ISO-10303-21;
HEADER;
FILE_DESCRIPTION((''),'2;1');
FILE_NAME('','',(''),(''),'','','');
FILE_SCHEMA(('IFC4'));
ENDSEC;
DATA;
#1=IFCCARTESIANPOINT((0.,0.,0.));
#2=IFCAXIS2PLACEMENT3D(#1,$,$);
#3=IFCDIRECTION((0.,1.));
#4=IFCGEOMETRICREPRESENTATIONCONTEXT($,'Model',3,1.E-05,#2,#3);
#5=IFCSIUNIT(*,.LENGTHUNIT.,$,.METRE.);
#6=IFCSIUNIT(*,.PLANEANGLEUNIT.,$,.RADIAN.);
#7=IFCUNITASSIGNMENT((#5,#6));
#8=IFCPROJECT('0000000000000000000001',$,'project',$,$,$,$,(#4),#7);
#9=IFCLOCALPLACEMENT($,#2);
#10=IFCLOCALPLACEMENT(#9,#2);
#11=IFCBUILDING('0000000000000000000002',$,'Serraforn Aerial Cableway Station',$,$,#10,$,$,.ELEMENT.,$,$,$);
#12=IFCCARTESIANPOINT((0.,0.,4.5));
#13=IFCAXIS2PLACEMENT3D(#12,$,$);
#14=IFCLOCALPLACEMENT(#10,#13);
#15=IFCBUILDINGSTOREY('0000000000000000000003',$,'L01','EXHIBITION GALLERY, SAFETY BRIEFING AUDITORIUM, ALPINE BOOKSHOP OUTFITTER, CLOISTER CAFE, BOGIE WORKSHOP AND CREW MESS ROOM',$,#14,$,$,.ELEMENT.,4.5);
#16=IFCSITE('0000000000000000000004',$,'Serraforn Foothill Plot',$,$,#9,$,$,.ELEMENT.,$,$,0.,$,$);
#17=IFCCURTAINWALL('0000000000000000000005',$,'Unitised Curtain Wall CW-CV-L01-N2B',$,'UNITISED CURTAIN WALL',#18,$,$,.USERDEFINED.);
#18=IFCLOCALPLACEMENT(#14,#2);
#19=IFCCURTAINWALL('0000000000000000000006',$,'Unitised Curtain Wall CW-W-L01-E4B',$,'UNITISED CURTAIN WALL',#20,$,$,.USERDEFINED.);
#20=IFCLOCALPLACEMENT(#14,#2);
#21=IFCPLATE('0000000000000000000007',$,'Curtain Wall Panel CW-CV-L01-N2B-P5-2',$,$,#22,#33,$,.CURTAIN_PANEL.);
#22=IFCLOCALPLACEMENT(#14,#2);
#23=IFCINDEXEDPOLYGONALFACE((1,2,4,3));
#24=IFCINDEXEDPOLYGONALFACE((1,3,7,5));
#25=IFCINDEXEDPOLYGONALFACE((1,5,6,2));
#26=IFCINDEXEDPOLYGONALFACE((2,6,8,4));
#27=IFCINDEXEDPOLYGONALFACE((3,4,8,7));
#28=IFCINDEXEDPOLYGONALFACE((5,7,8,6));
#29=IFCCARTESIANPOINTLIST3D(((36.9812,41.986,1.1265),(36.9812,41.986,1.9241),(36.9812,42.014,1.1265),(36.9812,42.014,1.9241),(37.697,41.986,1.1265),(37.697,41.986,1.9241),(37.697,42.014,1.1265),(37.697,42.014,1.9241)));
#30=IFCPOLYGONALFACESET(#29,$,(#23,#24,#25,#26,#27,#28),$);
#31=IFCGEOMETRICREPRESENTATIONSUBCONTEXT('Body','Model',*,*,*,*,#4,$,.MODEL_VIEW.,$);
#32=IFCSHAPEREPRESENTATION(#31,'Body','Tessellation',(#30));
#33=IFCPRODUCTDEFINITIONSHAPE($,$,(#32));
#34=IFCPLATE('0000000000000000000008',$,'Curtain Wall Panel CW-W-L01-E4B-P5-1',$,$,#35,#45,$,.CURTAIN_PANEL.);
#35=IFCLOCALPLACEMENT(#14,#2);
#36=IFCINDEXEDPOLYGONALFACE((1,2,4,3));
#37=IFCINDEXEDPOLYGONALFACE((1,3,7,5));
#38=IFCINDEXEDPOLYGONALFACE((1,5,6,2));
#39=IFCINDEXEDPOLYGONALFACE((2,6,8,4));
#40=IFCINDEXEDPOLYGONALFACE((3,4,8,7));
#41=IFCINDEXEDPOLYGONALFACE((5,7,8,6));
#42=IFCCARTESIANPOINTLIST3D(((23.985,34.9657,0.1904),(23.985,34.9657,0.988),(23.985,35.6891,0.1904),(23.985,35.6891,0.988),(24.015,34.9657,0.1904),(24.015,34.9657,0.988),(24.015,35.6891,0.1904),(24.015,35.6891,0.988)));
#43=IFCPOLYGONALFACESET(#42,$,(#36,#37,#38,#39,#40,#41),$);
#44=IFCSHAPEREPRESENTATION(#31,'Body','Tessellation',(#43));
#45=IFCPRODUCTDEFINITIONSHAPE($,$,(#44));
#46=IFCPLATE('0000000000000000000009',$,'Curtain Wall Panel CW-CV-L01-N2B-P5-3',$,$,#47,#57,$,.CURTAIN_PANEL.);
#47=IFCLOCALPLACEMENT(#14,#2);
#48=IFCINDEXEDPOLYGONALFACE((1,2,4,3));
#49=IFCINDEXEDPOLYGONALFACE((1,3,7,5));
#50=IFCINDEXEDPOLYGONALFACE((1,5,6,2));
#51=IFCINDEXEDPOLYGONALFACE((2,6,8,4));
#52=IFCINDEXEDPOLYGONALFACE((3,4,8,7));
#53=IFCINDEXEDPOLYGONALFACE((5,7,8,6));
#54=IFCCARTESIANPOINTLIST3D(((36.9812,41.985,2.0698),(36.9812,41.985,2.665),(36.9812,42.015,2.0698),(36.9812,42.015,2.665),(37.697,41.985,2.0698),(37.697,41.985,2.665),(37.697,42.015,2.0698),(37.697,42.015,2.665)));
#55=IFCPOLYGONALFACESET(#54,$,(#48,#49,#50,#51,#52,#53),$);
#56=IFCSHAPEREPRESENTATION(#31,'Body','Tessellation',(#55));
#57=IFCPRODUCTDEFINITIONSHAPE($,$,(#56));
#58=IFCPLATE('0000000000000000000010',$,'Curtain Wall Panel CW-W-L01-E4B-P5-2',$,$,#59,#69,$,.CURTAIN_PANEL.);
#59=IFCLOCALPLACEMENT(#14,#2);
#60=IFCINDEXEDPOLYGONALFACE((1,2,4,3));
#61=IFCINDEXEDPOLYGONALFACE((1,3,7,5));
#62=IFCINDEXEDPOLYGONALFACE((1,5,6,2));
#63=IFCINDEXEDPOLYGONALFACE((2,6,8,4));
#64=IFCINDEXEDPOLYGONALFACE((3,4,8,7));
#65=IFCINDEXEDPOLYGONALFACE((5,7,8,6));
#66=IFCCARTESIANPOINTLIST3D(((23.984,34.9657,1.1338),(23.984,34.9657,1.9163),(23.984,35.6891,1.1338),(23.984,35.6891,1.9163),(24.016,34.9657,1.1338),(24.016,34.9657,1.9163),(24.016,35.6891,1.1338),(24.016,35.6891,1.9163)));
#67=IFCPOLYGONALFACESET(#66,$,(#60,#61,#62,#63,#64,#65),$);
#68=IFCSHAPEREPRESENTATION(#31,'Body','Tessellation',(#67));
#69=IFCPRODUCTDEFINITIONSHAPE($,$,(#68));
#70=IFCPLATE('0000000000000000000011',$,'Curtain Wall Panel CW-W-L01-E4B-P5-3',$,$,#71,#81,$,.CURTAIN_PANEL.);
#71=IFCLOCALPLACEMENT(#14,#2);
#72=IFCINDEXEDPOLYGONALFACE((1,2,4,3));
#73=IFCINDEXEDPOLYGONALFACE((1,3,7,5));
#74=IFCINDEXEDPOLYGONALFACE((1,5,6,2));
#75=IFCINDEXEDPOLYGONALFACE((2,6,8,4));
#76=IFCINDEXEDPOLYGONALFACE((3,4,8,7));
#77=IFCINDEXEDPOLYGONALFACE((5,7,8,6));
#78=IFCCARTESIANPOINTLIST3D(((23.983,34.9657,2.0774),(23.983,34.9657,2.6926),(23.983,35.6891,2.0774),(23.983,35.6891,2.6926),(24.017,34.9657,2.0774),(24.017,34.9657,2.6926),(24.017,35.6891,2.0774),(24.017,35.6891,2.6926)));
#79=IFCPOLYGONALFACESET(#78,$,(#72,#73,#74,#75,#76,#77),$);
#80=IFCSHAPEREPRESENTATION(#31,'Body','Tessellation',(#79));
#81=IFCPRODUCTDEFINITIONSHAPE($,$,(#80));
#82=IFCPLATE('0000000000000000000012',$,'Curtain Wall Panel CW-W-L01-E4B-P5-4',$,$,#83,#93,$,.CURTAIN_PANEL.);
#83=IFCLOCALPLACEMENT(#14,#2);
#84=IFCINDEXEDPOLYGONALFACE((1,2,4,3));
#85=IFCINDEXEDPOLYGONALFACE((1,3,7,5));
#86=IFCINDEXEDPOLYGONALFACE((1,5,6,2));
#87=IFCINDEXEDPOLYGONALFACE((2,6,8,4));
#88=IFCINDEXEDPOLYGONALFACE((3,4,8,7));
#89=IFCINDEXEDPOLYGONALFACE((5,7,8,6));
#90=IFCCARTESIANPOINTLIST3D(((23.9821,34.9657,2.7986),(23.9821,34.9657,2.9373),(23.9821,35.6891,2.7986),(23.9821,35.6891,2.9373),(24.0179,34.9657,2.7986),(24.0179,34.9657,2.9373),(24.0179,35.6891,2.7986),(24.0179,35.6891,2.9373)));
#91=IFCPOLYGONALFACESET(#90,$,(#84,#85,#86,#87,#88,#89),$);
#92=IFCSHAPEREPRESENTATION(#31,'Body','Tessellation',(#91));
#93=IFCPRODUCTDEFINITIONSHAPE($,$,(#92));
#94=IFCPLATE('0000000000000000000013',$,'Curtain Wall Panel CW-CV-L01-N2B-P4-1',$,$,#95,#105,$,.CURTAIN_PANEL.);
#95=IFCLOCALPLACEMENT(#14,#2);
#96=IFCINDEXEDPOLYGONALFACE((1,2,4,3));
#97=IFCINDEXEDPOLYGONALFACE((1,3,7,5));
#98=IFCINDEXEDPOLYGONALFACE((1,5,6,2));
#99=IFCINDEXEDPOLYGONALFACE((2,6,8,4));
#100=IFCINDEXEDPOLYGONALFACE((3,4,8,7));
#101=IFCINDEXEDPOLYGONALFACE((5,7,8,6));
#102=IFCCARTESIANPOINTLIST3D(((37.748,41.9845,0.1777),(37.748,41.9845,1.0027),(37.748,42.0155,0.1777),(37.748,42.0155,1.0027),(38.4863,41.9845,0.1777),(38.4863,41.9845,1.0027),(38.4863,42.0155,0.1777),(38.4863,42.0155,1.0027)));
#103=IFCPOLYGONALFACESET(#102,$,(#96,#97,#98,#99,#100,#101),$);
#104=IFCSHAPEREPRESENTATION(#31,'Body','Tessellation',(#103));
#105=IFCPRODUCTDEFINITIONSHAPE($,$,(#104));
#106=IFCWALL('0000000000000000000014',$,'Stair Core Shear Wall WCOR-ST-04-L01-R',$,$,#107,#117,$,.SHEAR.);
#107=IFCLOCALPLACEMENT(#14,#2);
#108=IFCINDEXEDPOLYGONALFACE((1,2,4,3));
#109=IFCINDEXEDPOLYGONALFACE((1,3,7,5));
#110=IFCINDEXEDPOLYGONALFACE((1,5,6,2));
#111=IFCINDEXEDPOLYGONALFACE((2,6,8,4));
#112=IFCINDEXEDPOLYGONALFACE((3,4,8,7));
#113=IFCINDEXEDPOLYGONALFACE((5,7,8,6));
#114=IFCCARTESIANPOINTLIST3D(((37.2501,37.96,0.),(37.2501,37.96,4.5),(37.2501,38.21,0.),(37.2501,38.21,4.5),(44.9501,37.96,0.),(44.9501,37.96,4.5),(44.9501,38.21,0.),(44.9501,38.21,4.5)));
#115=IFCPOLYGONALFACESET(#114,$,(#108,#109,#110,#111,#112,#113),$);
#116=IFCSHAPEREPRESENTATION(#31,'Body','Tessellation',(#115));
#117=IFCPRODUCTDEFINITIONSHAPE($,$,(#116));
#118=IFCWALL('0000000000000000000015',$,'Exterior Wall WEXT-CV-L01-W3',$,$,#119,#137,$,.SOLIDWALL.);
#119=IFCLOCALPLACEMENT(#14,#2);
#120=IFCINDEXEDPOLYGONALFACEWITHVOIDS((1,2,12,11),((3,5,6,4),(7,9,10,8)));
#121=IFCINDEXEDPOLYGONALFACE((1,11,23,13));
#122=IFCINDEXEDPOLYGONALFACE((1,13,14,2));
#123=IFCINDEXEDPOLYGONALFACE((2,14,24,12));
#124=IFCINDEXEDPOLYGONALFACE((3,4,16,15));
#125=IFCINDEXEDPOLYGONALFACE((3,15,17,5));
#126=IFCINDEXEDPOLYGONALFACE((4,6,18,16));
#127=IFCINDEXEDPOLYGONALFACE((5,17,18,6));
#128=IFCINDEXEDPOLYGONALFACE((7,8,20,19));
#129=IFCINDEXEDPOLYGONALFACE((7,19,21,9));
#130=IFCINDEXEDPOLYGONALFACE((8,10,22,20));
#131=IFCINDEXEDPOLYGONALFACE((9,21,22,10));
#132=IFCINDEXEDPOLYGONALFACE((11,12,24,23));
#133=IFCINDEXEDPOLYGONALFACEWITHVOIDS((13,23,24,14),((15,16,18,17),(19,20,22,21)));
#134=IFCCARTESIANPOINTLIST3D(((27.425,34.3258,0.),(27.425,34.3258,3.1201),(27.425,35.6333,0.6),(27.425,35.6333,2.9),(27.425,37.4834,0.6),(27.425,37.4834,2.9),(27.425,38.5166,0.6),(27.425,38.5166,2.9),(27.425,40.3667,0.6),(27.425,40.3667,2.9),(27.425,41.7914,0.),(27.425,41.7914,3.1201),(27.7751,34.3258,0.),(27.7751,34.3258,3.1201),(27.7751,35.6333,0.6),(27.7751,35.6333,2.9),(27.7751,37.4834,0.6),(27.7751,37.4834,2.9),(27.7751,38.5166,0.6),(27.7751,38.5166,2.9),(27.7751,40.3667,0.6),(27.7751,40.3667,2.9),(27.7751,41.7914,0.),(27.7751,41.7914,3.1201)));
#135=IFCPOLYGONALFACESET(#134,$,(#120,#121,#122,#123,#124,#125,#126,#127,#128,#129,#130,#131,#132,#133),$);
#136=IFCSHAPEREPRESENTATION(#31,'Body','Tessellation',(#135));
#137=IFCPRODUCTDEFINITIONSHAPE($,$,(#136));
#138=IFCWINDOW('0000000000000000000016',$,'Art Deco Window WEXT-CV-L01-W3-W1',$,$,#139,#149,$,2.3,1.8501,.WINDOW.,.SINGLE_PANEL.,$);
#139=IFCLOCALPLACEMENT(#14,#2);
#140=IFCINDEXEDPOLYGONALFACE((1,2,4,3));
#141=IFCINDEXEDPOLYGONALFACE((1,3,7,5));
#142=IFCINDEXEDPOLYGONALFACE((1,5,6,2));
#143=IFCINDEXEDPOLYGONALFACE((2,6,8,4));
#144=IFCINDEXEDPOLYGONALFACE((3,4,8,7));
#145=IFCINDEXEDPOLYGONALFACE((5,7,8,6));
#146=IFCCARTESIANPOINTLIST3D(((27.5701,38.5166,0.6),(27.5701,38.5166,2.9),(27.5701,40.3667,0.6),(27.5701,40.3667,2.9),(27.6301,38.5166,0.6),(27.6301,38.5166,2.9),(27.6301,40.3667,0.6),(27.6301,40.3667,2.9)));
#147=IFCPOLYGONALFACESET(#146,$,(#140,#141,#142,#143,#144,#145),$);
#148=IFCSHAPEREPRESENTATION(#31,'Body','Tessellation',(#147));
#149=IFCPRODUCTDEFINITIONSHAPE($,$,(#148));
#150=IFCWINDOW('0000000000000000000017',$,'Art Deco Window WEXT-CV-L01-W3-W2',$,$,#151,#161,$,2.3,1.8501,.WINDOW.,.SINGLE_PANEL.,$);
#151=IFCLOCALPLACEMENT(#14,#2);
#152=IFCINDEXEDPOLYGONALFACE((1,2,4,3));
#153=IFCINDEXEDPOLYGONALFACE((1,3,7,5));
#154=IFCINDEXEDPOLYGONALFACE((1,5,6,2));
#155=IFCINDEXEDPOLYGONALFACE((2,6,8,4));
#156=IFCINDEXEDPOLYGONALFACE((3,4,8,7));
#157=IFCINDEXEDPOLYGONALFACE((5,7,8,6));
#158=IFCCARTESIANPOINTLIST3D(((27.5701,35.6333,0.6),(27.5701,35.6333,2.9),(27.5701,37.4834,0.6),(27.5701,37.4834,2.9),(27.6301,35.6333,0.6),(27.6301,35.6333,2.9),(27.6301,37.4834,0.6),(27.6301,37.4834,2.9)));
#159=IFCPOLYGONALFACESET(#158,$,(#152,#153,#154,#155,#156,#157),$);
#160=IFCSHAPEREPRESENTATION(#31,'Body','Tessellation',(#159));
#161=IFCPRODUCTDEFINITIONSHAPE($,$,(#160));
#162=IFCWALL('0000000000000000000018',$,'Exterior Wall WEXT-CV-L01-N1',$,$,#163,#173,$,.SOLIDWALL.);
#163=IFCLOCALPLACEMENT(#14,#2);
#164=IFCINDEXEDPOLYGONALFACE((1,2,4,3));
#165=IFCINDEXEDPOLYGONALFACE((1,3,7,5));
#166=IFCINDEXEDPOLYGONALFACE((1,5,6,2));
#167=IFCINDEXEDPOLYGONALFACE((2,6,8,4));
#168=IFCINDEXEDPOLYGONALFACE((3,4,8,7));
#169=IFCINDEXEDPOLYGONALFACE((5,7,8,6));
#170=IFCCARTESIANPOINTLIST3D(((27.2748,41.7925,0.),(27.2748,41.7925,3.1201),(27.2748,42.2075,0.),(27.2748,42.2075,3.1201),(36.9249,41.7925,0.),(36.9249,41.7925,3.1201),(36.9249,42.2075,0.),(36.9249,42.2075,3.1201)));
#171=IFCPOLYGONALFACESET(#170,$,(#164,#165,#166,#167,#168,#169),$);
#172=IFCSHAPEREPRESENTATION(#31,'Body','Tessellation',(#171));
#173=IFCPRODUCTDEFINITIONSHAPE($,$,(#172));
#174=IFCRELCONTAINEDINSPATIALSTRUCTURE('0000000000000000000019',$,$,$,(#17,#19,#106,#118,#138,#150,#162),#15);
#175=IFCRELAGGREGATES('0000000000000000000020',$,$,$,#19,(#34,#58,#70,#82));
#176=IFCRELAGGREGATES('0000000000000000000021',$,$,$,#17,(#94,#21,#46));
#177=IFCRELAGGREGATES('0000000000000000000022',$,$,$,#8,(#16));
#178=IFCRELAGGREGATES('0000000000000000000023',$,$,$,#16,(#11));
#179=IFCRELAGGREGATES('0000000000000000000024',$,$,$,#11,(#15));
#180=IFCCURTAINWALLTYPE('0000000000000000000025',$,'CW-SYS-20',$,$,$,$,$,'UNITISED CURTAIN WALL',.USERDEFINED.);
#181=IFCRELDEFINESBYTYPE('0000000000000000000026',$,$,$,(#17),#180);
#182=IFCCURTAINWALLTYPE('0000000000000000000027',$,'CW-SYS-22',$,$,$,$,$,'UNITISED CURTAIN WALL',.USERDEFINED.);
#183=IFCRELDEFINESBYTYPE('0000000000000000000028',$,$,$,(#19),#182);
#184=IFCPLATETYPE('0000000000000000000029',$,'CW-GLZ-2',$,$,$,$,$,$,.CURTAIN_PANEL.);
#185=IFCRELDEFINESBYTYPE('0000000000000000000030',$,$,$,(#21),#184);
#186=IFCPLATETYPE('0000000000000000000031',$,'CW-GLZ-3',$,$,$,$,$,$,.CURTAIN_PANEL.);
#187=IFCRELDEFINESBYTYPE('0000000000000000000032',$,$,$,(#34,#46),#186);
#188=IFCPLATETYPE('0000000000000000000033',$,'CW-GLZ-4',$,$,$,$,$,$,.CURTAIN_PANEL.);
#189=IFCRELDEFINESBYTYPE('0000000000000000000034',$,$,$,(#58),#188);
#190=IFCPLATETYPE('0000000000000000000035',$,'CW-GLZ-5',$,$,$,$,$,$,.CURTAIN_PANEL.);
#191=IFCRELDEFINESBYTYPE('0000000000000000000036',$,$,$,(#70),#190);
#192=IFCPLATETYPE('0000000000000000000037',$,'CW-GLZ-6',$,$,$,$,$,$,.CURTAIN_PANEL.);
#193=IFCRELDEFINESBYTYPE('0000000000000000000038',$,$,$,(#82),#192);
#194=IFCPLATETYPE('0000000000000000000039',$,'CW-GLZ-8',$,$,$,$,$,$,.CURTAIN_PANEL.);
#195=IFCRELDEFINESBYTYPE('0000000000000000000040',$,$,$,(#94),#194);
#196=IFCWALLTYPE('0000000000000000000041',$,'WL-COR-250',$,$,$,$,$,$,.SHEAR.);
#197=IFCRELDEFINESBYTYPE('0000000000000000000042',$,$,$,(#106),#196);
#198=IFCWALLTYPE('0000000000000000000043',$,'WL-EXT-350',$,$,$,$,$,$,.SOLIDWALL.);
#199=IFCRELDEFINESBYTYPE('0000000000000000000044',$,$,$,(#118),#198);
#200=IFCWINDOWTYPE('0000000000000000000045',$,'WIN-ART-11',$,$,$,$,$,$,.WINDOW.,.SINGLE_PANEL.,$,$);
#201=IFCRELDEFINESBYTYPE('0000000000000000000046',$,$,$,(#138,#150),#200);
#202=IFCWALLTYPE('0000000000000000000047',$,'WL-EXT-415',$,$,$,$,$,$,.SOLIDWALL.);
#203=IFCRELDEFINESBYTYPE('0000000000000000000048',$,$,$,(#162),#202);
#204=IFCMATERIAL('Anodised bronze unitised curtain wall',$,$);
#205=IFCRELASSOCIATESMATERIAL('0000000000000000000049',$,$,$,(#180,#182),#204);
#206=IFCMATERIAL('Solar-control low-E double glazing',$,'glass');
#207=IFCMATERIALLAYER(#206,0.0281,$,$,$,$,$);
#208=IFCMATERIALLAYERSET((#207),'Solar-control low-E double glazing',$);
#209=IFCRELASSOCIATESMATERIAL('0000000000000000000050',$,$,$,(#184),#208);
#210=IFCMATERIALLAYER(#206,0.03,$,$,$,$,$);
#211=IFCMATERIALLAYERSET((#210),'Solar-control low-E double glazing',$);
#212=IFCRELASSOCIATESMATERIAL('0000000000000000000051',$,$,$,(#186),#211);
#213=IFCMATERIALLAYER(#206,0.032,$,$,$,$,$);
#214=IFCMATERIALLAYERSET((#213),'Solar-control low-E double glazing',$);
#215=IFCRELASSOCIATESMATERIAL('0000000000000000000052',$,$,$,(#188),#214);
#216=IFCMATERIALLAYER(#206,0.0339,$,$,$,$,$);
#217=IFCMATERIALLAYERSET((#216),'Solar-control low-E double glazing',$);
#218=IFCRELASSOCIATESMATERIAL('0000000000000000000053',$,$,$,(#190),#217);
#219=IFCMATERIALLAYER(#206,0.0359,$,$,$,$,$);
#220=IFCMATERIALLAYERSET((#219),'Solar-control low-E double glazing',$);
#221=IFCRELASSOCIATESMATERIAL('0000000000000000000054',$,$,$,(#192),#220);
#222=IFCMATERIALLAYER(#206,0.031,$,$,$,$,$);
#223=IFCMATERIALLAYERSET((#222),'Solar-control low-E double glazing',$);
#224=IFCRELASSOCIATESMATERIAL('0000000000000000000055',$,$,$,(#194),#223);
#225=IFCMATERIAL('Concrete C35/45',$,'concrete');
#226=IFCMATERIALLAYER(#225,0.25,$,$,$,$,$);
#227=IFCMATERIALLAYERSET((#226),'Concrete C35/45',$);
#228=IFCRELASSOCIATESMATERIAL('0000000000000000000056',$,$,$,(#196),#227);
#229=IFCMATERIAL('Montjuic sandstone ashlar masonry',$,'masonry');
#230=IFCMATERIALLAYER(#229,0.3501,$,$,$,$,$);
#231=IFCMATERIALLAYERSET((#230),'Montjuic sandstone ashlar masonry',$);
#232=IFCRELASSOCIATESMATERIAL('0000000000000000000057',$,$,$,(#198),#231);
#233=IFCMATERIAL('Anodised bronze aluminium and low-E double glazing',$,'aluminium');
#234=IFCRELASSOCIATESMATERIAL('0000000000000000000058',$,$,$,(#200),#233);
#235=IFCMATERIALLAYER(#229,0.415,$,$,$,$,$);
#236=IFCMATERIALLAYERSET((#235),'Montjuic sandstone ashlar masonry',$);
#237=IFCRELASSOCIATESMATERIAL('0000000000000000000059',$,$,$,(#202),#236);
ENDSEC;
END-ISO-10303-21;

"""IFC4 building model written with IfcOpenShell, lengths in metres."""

from ifc_helpers import new_model, si_unit, direction, frame, frame_2d, origin, origin_2d, place, context, subcontext, project, spatial, rectangle, extrude, material, layer, layer_set, type_object, element, fill, aggregate, save


model = new_model("IFC4")

# Units and contexts
model_context = context("Model", 3, precision=1e-05, world=origin(), true_north=direction((0.0, 1.0)))
body_context = subcontext(model_context, "Body", "Model", "MODEL_VIEW")
ifc_project = project(units=[si_unit("LENGTHUNIT", "METRE"), si_unit("PLANEANGLEUNIT", "RADIAN")], contexts=[model_context])

# Site, building, storey
site_placement = place(None, origin())
site = spatial("IfcSite", under=ifc_project, at=site_placement, Name="Serraforn Foothill Plot", CompositionType="ELEMENT", RefElevation=0.0)
building_placement = place(site_placement, origin())
building = spatial("IfcBuilding", under=site, at=building_placement, Name="Serraforn Aerial Cableway Station", CompositionType="ELEMENT")
storey_placement = place(building_placement, frame((0.0, 0.0, 4.5)))
storey = spatial("IfcBuildingStorey", under=building, at=storey_placement, Name="L01", Description="EXHIBITION GALLERY, SAFETY BRIEFING AUDITORIUM, ALPINE BOOKSHOP OUTFITTER, CLOISTER CAFE, BOGIE WORKSHOP AND CREW MESS ROOM", CompositionType="ELEMENT", Elevation=4.5)

# Shared definitions
ifc_material_1 = material(Name="Concrete C35/45", Category="concrete")

# Curtain walls
ifc_material_2 = material(Name="Anodised bronze unitised curtain wall")
curtain_wall_type_1 = type_object("IfcCurtainWallType", Name="CW-SYS-20", ElementType="UNITISED CURTAIN WALL", PredefinedType="USERDEFINED", material=ifc_material_2)
curtain_wall_1_placement = place(storey_placement, origin())
curtain_wall_1 = element("IfcCurtainWall", 1, at=curtain_wall_1_placement, inside=storey, type_object=curtain_wall_type_1, Name="Unitised Curtain Wall CW-CV-L01-N2B", ObjectType="UNITISED CURTAIN WALL", PredefinedType="USERDEFINED")
curtain_wall_type_2 = type_object("IfcCurtainWallType", Name="CW-SYS-22", ElementType="UNITISED CURTAIN WALL", PredefinedType="USERDEFINED", material=ifc_material_2)
curtain_wall_2_placement = place(storey_placement, origin())
curtain_wall_2 = element("IfcCurtainWall", 2, at=curtain_wall_2_placement, inside=storey, type_object=curtain_wall_type_2, Name="Unitised Curtain Wall CW-W-L01-E4B", ObjectType="UNITISED CURTAIN WALL", PredefinedType="USERDEFINED")

# Plates
ifc_material_3 = material(Name="Solar-control low-E double glazing", Category="glass")
ifc_layer_1 = layer(ifc_material_3, 0.0281)
ifc_layer_set_1 = layer_set([ifc_layer_1], Name="Solar-control low-E double glazing")
plate_type_1 = type_object("IfcPlateType", Name="CW-GLZ-2", PredefinedType="CURTAIN_PANEL", material=ifc_layer_set_1)
plate_1_placement = place(storey_placement, frame((37.3391, 42.0, 1.1265), z_axis=(0.0, 0.0, 1.0), x_axis=(1.0, 0.0, 0.0)))
plate_1 = element("IfcPlate", 3, at=plate_1_placement, type_object=plate_type_1, Name="Curtain Wall Panel CW-CV-L01-N2B-P5-2", PredefinedType="CURTAIN_PANEL", context=body_context, shape_type="SweptSolid", body=[
    extrude(rectangle(XDim=0.7158, YDim=0.0281, at=origin_2d()), origin(), (0.0, 0.0, 1.0), 0.7976),
])
ifc_layer_2 = layer(ifc_material_3, 0.03)
ifc_layer_set_2 = layer_set([ifc_layer_2], Name="Solar-control low-E double glazing")
plate_type_2 = type_object("IfcPlateType", Name="CW-GLZ-3", PredefinedType="CURTAIN_PANEL", material=ifc_layer_set_2)
plate_2_placement = place(storey_placement, frame((24.0, 35.3274, 0.1904), z_axis=(0.0, 0.0, 1.0), x_axis=(1.0, 0.0, 0.0)))
plate_2 = element("IfcPlate", 4, at=plate_2_placement, type_object=plate_type_2, Name="Curtain Wall Panel CW-W-L01-E4B-P5-1", PredefinedType="CURTAIN_PANEL", context=body_context, shape_type="SweptSolid", body=[
    extrude(rectangle(XDim=0.03, YDim=0.7234, at=origin_2d()), origin(), (0.0, 0.0, 1.0), 0.7976),
])
plate_3_placement = place(storey_placement, frame((37.3391, 42.0, 2.0698), z_axis=(0.0, 0.0, 1.0), x_axis=(1.0, 0.0, 0.0)))
plate_3 = element("IfcPlate", 5, at=plate_3_placement, type_object=plate_type_2, Name="Curtain Wall Panel CW-CV-L01-N2B-P5-3", PredefinedType="CURTAIN_PANEL", context=body_context, shape_type="SweptSolid", body=[
    extrude(rectangle(XDim=0.7158, YDim=0.03, at=origin_2d()), origin(), (0.0, 0.0, 1.0), 0.5952),
])
ifc_layer_3 = layer(ifc_material_3, 0.032)
ifc_layer_set_3 = layer_set([ifc_layer_3], Name="Solar-control low-E double glazing")
plate_type_3 = type_object("IfcPlateType", Name="CW-GLZ-4", PredefinedType="CURTAIN_PANEL", material=ifc_layer_set_3)
plate_4_placement = place(storey_placement, frame((24.0, 35.3274, 1.1338), z_axis=(0.0, 0.0, 1.0), x_axis=(1.0, 0.0, 0.0)))
plate_4 = element("IfcPlate", 6, at=plate_4_placement, type_object=plate_type_3, Name="Curtain Wall Panel CW-W-L01-E4B-P5-2", PredefinedType="CURTAIN_PANEL", context=body_context, shape_type="SweptSolid", body=[
    extrude(rectangle(XDim=0.032, YDim=0.7234, at=origin_2d()), origin(), (0.0, 0.0, 1.0), 0.7825),
])
ifc_layer_4 = layer(ifc_material_3, 0.0339)
ifc_layer_set_4 = layer_set([ifc_layer_4], Name="Solar-control low-E double glazing")
plate_type_4 = type_object("IfcPlateType", Name="CW-GLZ-5", PredefinedType="CURTAIN_PANEL", material=ifc_layer_set_4)
plate_5_placement = place(storey_placement, frame((24.0, 35.3274, 2.0774), z_axis=(0.0, 0.0, 1.0), x_axis=(1.0, 0.0, 0.0)))
plate_5 = element("IfcPlate", 7, at=plate_5_placement, type_object=plate_type_4, Name="Curtain Wall Panel CW-W-L01-E4B-P5-3", PredefinedType="CURTAIN_PANEL", context=body_context, shape_type="SweptSolid", body=[
    extrude(rectangle(XDim=0.0339, YDim=0.7234, at=origin_2d()), origin(), (0.0, 0.0, 1.0), 0.6152),
])
ifc_layer_5 = layer(ifc_material_3, 0.0359)
ifc_layer_set_5 = layer_set([ifc_layer_5], Name="Solar-control low-E double glazing")
plate_type_5 = type_object("IfcPlateType", Name="CW-GLZ-6", PredefinedType="CURTAIN_PANEL", material=ifc_layer_set_5)
plate_6_placement = place(storey_placement, frame((24.0, 35.3274, 2.7986), z_axis=(0.0, 0.0, 1.0), x_axis=(1.0, 0.0, 0.0)))
plate_6 = element("IfcPlate", 8, at=plate_6_placement, type_object=plate_type_5, Name="Curtain Wall Panel CW-W-L01-E4B-P5-4", PredefinedType="CURTAIN_PANEL", context=body_context, shape_type="SweptSolid", body=[
    extrude(rectangle(XDim=0.0359, YDim=0.7234, at=origin_2d()), origin(), (0.0, 0.0, 1.0), 0.1387),
])
aggregate(curtain_wall_2, [plate_2, plate_4, plate_5, plate_6])
ifc_layer_6 = layer(ifc_material_3, 0.031)
ifc_layer_set_6 = layer_set([ifc_layer_6], Name="Solar-control low-E double glazing")
plate_type_6 = type_object("IfcPlateType", Name="CW-GLZ-8", PredefinedType="CURTAIN_PANEL", material=ifc_layer_set_6)
plate_7_placement = place(storey_placement, frame((38.1172, 42.0, 0.1777), z_axis=(0.0, 0.0, 1.0), x_axis=(1.0, 0.0, 0.0)))
plate_7 = element("IfcPlate", 9, at=plate_7_placement, type_object=plate_type_6, Name="Curtain Wall Panel CW-CV-L01-N2B-P4-1", PredefinedType="CURTAIN_PANEL", context=body_context, shape_type="SweptSolid", body=[
    extrude(rectangle(XDim=0.7383, YDim=0.031, at=origin_2d()), origin(), (0.0, 0.0, 1.0), 0.825),
])
aggregate(curtain_wall_1, [plate_7, plate_1, plate_3])

# Wall
ifc_layer_7 = layer(ifc_material_1, 0.25)
ifc_layer_set_7 = layer_set([ifc_layer_7], Name="Concrete C35/45")
wall_type_1 = type_object("IfcWallType", Name="WL-COR-250", PredefinedType="SHEAR", material=ifc_layer_set_7)
wall_1_placement = place(storey_placement, frame((37.25, 38.085, 0.0), z_axis=(0.0, 0.0, 1.0), x_axis=(1.0, 0.0, 0.0)))
element("IfcWall", 10, at=wall_1_placement, inside=storey, type_object=wall_type_1, Name="Stair Core Shear Wall WCOR-ST-04-L01-R", PredefinedType="SHEAR", context=body_context, shape_type="SweptSolid", body=[
    extrude(rectangle(XDim=7.7, YDim=0.25, at=frame_2d((3.8501, 0.0))), origin(), (0.0, 0.0, 1.0), 4.5),
])

# Wall, openings, windows
ifc_material_4 = material(Name="Montjuic sandstone ashlar masonry", Category="masonry")
ifc_layer_8 = layer(ifc_material_4, 0.3501)
ifc_layer_set_8 = layer_set([ifc_layer_8], Name="Montjuic sandstone ashlar masonry")
wall_type_2 = type_object("IfcWallType", Name="WL-EXT-350", PredefinedType="SOLIDWALL", material=ifc_layer_set_8)
wall_2_placement = place(storey_placement, frame((27.6001, 41.7915, 0.0), z_axis=(0.0, 0.0, 1.0), x_axis=(0.0, -1.0, 0.0)))
wall_2 = element("IfcWall", 11, at=wall_2_placement, inside=storey, type_object=wall_type_2, Name="Exterior Wall WEXT-CV-L01-W3", PredefinedType="SOLIDWALL", context=body_context, shape_type="SweptSolid", body=[
    extrude(rectangle(XDim=7.4656, YDim=0.3501, at=frame_2d((3.7329, 0.0))), origin(), (0.0, 0.0, 1.0), 3.1201),
])
opening_1_placement = place(wall_2_placement, frame((1.4248, 0.0, 0.6001)))
opening_1 = element("IfcOpeningElement", 12, at=opening_1_placement, cuts=wall_2, PredefinedType="OPENING", context=body_context, shape_type="SweptSolid", body=[
    extrude(rectangle(XDim=1.8501, YDim=2.3, at=frame_2d((0.925, 1.1499))), frame((0.0, 0.1851, 0.0), z_axis=(0.0, -1.0, 0.0), x_axis=(1.0, 0.0, 0.0)), (0.0, 0.0, 1.0), 0.3701),
])
opening_2_placement = place(wall_2_placement, frame((4.3081, 0.0, 0.6001)))
opening_2 = element("IfcOpeningElement", 13, at=opening_2_placement, cuts=wall_2, PredefinedType="OPENING", context=body_context, shape_type="SweptSolid", body=[
    extrude(rectangle(XDim=1.8501, YDim=2.3, at=frame_2d((0.925, 1.1499))), frame((0.0, 0.1851, 0.0), z_axis=(0.0, -1.0, 0.0), x_axis=(1.0, 0.0, 0.0)), (0.0, 0.0, 1.0), 0.3701),
])
ifc_material_5 = material(Name="Anodised bronze aluminium and low-E double glazing", Category="aluminium")
window_type = type_object("IfcWindowType", Name="WIN-ART-11", PartitioningType="SINGLE_PANEL", PredefinedType="WINDOW", material=ifc_material_5)
window_1_placement = place(opening_1_placement, origin())
window_1 = element("IfcWindow", 14, at=window_1_placement, inside=storey, type_object=window_type, Name="Art Deco Window WEXT-CV-L01-W3-W1", OverallHeight=2.3, OverallWidth=1.8501, PartitioningType="SINGLE_PANEL", PredefinedType="WINDOW", context=body_context, shape_type="SweptSolid", body=[
    extrude(rectangle(XDim=1.8501, YDim=2.3, at=frame_2d((0.925, 1.1499))), frame((0.0, 0.03, 0.0), z_axis=(0.0, -1.0, 0.0), x_axis=(1.0, 0.0, 0.0)), (0.0, 0.0, 1.0), 0.0601),
])
fill(opening_1, window_1)
window_2_placement = place(opening_2_placement, origin())
window_2 = element("IfcWindow", 15, at=window_2_placement, inside=storey, type_object=window_type, Name="Art Deco Window WEXT-CV-L01-W3-W2", OverallHeight=2.3, OverallWidth=1.8501, PartitioningType="SINGLE_PANEL", PredefinedType="WINDOW", context=body_context, shape_type="SweptSolid", body=[
    extrude(rectangle(XDim=1.8501, YDim=2.3, at=frame_2d((0.925, 1.1499))), frame((0.0, 0.03, 0.0), z_axis=(0.0, -1.0, 0.0), x_axis=(1.0, 0.0, 0.0)), (0.0, 0.0, 1.0), 0.0601),
])
fill(opening_2, window_2)

# Wall
ifc_layer_9 = layer(ifc_material_4, 0.415)
ifc_layer_set_9 = layer_set([ifc_layer_9], Name="Montjuic sandstone ashlar masonry")
wall_type_3 = type_object("IfcWallType", Name="WL-EXT-415", PredefinedType="SOLIDWALL", material=ifc_layer_set_9)
wall_3_placement = place(storey_placement, frame((36.925, 42.0, 0.0), z_axis=(0.0, 0.0, 1.0), x_axis=(-1.0, 0.0, 0.0)))
element("IfcWall", 16, at=wall_3_placement, inside=storey, type_object=wall_type_3, Name="Exterior Wall WEXT-CV-L01-N1", PredefinedType="SOLIDWALL", context=body_context, shape_type="SweptSolid", body=[
    extrude(rectangle(XDim=9.6501, YDim=0.415, at=frame_2d((4.8252, 0.0))), origin(), (0.0, 0.0, 1.0), 3.1201),
])

save(model, "model.ifc")
